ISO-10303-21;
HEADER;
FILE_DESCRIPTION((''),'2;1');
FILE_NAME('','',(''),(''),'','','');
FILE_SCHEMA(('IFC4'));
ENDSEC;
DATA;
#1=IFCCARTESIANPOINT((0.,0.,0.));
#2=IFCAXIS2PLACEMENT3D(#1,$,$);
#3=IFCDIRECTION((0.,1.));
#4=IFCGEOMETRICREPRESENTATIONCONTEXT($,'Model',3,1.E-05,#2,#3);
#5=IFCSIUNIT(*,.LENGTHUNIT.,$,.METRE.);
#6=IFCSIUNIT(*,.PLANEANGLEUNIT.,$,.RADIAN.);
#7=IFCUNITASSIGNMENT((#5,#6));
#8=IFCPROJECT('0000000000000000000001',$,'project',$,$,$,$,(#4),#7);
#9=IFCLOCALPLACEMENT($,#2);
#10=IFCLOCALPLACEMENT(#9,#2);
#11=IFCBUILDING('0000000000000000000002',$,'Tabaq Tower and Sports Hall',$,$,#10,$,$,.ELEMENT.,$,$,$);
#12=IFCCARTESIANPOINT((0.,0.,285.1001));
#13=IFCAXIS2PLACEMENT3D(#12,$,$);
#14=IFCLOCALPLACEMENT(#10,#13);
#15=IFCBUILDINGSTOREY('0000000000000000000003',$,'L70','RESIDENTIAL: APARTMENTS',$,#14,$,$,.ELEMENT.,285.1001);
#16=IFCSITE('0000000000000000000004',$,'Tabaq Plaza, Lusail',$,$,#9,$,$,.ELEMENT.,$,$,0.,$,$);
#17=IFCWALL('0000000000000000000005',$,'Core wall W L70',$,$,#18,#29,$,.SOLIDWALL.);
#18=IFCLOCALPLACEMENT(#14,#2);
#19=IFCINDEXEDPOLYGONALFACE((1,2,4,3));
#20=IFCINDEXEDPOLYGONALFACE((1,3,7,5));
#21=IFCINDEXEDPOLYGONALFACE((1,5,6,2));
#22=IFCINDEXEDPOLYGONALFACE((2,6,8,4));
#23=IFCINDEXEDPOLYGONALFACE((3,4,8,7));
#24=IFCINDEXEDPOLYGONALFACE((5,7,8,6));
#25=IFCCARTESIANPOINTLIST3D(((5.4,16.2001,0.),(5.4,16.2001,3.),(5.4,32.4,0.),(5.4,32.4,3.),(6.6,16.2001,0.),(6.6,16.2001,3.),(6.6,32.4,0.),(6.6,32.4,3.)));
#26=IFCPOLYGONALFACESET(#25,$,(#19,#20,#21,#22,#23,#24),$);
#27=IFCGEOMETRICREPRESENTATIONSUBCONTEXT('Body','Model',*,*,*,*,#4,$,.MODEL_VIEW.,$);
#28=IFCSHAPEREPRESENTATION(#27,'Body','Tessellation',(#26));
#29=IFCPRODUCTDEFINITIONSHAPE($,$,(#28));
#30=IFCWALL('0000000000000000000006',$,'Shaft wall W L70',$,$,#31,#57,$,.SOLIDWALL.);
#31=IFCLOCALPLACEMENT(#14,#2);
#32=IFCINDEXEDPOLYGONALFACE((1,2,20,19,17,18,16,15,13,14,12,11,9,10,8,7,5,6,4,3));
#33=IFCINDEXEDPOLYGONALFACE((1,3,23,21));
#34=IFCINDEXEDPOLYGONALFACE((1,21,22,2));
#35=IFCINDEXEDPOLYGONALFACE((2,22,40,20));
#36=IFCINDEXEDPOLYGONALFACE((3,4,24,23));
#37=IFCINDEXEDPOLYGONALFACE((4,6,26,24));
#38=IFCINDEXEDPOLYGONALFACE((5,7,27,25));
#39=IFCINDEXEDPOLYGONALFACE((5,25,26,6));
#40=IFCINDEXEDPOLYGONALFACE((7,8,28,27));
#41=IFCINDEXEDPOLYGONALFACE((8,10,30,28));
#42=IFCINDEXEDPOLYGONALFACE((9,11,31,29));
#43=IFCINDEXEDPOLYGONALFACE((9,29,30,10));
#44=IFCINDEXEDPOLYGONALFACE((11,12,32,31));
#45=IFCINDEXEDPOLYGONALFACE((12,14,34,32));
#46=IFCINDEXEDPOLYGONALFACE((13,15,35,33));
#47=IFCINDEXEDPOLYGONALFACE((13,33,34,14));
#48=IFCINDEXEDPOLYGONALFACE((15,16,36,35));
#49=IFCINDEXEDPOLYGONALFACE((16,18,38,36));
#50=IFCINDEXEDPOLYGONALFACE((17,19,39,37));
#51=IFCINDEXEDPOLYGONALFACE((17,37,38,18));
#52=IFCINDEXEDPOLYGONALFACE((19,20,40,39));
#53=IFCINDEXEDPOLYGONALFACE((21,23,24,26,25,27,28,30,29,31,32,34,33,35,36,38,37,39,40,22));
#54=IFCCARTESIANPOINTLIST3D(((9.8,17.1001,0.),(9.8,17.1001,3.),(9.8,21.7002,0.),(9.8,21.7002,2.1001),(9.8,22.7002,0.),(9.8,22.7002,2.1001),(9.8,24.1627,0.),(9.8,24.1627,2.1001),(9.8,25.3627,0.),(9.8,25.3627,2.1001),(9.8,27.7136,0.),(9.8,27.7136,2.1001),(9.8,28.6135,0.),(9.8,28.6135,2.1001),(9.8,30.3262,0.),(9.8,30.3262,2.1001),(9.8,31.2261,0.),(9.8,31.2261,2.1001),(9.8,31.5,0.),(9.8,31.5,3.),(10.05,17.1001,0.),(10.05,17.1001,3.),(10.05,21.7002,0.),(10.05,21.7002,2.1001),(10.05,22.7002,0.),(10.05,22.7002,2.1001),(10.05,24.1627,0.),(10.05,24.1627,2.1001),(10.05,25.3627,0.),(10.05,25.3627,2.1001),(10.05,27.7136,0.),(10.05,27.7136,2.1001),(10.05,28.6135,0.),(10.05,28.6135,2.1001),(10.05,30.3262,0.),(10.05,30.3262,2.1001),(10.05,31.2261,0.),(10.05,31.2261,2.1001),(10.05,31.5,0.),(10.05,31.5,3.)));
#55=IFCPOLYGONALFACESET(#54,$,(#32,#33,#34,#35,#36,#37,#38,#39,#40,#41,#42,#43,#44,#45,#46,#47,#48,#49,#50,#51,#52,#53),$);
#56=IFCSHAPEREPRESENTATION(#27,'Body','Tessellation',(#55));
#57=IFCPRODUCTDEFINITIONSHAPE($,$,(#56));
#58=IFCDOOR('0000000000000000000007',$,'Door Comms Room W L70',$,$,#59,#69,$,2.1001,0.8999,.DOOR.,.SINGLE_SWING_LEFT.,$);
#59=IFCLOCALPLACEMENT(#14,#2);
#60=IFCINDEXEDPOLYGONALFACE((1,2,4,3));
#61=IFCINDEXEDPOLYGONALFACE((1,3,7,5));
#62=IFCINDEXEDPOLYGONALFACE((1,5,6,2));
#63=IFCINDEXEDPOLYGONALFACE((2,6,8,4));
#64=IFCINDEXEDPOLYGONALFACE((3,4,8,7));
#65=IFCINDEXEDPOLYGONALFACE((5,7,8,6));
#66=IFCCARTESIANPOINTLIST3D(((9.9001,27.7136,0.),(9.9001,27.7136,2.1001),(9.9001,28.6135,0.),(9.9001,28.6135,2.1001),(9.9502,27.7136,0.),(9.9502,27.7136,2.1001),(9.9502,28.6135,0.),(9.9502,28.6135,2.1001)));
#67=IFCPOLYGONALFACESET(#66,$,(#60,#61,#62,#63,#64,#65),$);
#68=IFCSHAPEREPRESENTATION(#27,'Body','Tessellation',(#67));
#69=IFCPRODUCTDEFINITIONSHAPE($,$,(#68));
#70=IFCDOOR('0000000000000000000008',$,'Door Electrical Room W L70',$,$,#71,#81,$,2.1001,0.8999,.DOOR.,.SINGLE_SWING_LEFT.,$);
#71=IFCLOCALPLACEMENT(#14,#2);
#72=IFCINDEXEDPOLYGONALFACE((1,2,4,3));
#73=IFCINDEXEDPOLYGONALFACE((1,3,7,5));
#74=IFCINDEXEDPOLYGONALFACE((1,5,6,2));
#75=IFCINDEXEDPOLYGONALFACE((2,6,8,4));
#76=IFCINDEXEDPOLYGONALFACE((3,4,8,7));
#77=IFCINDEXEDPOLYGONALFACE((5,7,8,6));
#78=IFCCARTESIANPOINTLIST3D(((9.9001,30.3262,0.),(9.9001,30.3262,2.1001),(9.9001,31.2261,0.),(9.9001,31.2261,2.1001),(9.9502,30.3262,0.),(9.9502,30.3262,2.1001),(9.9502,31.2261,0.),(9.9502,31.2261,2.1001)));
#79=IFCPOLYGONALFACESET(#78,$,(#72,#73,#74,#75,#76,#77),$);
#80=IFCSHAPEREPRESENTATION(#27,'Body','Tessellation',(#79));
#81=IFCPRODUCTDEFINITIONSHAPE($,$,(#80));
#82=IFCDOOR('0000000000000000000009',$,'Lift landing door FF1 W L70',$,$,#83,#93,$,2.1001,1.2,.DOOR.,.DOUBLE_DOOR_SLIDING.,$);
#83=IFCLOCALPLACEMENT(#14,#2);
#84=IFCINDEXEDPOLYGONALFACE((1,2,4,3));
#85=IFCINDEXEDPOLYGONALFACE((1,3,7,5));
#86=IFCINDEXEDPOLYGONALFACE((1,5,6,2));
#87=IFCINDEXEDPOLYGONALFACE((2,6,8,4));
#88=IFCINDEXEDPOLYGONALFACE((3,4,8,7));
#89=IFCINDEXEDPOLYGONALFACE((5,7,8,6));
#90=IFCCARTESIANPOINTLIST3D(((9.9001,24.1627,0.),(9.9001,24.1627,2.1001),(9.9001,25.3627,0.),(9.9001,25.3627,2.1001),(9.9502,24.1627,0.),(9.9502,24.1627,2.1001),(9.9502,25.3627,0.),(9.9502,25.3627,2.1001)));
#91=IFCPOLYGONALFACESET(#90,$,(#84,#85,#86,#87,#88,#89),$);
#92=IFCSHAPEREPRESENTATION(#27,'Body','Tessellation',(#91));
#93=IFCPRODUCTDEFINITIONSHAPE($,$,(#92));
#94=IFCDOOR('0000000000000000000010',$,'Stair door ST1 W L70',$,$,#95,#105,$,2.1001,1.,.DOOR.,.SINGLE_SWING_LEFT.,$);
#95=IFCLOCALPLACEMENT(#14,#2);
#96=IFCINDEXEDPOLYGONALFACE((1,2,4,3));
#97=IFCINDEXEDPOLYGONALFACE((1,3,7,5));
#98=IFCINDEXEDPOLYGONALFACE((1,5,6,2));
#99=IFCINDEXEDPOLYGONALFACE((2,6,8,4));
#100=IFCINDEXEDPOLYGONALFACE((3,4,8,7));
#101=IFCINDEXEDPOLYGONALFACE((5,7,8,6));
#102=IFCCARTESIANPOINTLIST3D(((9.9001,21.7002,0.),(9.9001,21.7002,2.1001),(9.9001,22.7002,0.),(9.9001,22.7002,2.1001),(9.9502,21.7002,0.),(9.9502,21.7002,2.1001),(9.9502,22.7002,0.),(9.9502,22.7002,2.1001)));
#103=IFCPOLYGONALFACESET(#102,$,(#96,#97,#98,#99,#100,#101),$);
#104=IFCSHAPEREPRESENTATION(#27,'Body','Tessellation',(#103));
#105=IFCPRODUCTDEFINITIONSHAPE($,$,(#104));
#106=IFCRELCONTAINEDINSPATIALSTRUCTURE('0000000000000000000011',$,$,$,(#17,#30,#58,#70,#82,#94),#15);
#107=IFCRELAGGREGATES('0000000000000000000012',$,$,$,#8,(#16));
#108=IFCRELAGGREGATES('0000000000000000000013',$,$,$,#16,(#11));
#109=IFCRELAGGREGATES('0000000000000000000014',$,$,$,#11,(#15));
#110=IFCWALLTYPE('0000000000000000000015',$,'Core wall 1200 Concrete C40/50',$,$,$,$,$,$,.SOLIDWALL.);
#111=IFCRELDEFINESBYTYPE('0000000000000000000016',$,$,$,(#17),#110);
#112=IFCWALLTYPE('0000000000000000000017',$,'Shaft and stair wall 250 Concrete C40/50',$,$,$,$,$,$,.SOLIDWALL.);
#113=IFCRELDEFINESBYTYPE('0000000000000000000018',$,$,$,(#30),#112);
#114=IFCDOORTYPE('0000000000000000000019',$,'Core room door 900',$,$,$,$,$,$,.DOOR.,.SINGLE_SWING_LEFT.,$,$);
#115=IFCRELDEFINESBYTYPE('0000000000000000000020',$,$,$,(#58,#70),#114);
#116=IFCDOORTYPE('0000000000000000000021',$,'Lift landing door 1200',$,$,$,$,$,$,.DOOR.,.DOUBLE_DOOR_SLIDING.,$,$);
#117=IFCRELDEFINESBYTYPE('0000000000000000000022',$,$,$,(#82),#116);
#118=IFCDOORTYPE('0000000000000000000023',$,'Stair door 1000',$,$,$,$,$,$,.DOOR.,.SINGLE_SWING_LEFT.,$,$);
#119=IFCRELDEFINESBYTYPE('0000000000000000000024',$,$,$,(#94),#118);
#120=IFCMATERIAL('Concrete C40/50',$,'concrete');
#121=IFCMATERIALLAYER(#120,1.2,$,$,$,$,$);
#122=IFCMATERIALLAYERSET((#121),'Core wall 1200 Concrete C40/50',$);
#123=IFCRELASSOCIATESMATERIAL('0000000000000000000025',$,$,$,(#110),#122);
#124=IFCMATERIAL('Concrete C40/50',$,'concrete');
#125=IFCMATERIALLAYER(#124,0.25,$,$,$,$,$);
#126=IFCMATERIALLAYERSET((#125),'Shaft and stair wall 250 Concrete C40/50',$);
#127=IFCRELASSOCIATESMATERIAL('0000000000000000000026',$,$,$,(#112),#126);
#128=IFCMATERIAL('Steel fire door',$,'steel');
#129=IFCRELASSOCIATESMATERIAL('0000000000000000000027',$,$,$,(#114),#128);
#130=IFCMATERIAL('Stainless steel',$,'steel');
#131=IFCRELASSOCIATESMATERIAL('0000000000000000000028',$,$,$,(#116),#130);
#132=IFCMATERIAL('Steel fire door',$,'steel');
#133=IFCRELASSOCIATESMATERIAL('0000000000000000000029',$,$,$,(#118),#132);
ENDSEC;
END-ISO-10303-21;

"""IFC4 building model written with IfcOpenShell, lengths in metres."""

from ifc_helpers import new_model, si_unit, direction, frame, frame_2d, origin, place, context, subcontext, project, spatial, rectangle, extrude, material, layer, layer_set, type_object, element, fill, save


model = new_model("IFC4")

# Units and contexts
model_context = context("Model", 3, precision=1e-05, world=origin(), true_north=direction((0.0, 1.0)))
body_context = subcontext(model_context, "Body", "Model", "MODEL_VIEW")
ifc_project = project(units=[si_unit("LENGTHUNIT", "METRE"), si_unit("PLANEANGLEUNIT", "RADIAN")], contexts=[model_context])

# Site, building, storey
site_placement = place(None, origin())
site = spatial("IfcSite", under=ifc_project, at=site_placement, Name="Tabaq Plaza, Lusail", CompositionType="ELEMENT", RefElevation=0.0)
building_placement = place(site_placement, origin())
building = spatial("IfcBuilding", under=site, at=building_placement, Name="Tabaq Tower and Sports Hall", CompositionType="ELEMENT")
storey_placement = place(building_placement, frame((0.0, 0.0, 285.1001)))
storey = spatial("IfcBuildingStorey", under=building, at=storey_placement, Name="L70", Description="RESIDENTIAL: APARTMENTS", CompositionType="ELEMENT", Elevation=285.1001)

# Wall
ifc_material_1 = material(Name="Concrete C40/50", Category="concrete")
ifc_layer_1 = layer(ifc_material_1, 1.2)
ifc_layer_set_1 = layer_set([ifc_layer_1], Name="Core wall 1200 Concrete C40/50")
wall_type_1 = type_object("IfcWallType", Name="Core wall 1200 Concrete C40/50", PredefinedType="SOLIDWALL", material=ifc_layer_set_1)
wall_1_placement = place(storey_placement, frame((6.0, 16.2, 0.0), z_axis=(0.0, 0.0, 1.0), x_axis=(0.0, 1.0, 0.0)))
element("IfcWall", 1, at=wall_1_placement, inside=storey, type_object=wall_type_1, Name="Core wall W L70", PredefinedType="SOLIDWALL", context=body_context, shape_type="SweptSolid", body=[
    extrude(rectangle(XDim=16.2, YDim=1.2, at=frame_2d((8.1001, 0.0))), origin(), (0.0, 0.0, 1.0), 3.0),
])

# Wall, openings, doors
ifc_material_2 = material(Name="Concrete C40/50", Category="concrete")
ifc_layer_2 = layer(ifc_material_2, 0.25)
ifc_layer_set_2 = layer_set([ifc_layer_2], Name="Shaft and stair wall 250 Concrete C40/50")
wall_type_2 = type_object("IfcWallType", Name="Shaft and stair wall 250 Concrete C40/50", PredefinedType="SOLIDWALL", material=ifc_layer_set_2)
wall_2_placement = place(storey_placement, frame((9.925, 17.1001, 0.0), z_axis=(0.0, 0.0, 1.0), x_axis=(0.0, 1.0, 0.0)))
wall_2 = element("IfcWall", 2, at=wall_2_placement, inside=storey, type_object=wall_type_2, Name="Shaft wall W L70", PredefinedType="SOLIDWALL", context=body_context, shape_type="SweptSolid", body=[
    extrude(rectangle(XDim=14.3999, YDim=0.25, at=frame_2d((7.2, 0.0))), origin(), (0.0, 0.0, 1.0), 3.0),
])
opening_1_placement = place(wall_2_placement, frame((4.6001, 0.0, 0.0)))
opening_1 = element("IfcOpeningElement", 3, at=opening_1_placement, cuts=wall_2, PredefinedType="OPENING", context=body_context, shape_type="SweptSolid", body=[
    extrude(rectangle(XDim=1.0, YDim=2.1001, at=frame_2d((0.5, 1.05))), frame((0.0, 0.125, 0.0), z_axis=(0.0, -1.0, 0.0), x_axis=(1.0, 0.0, 0.0)), (0.0, 0.0, 1.0), 0.25),
])
opening_2_placement = place(wall_2_placement, frame((7.0625, 0.0, 0.0)))
opening_2 = element("IfcOpeningElement", 4, at=opening_2_placement, cuts=wall_2, PredefinedType="OPENING", context=body_context, shape_type="SweptSolid", body=[
    extrude(rectangle(XDim=1.2, YDim=2.1001, at=frame_2d((0.6001, 1.05))), frame((0.0, 0.125, 0.0), z_axis=(0.0, -1.0, 0.0), x_axis=(1.0, 0.0, 0.0)), (0.0, 0.0, 1.0), 0.25),
])
opening_3_placement = place(wall_2_placement, frame((10.6135, 0.0, 0.0)))
opening_3 = element("IfcOpeningElement", 5, at=opening_3_placement, cuts=wall_2, PredefinedType="OPENING", context=body_context, shape_type="SweptSolid", body=[
    extrude(rectangle(XDim=0.8999, YDim=2.1001, at=frame_2d((0.45, 1.05))), frame((0.0, 0.125, 0.0), z_axis=(0.0, -1.0, 0.0), x_axis=(1.0, 0.0, 0.0)), (0.0, 0.0, 1.0), 0.25),
])
opening_4_placement = place(wall_2_placement, frame((13.2261, 0.0, 0.0)))
opening_4 = element("IfcOpeningElement", 6, at=opening_4_placement, cuts=wall_2, PredefinedType="OPENING", context=body_context, shape_type="SweptSolid", body=[
    extrude(rectangle(XDim=0.8999, YDim=2.1001, at=frame_2d((0.45, 1.05))), frame((0.0, 0.125, 0.0), z_axis=(0.0, -1.0, 0.0), x_axis=(1.0, 0.0, 0.0)), (0.0, 0.0, 1.0), 0.25),
])
ifc_material_3 = material(Name="Steel fire door", Category="steel")
door_type_1 = type_object("IfcDoorType", Name="Core room door 900", OperationType="SINGLE_SWING_LEFT", PredefinedType="DOOR", material=ifc_material_3)
door_1_placement = place(opening_3_placement, origin())
door_1 = element("IfcDoor", 7, at=door_1_placement, inside=storey, type_object=door_type_1, Name="Door Comms Room W L70", OperationType="SINGLE_SWING_LEFT", OverallHeight=2.1001, OverallWidth=0.8999, PredefinedType="DOOR", context=body_context, shape_type="SweptSolid", body=[
    extrude(rectangle(XDim=0.8999, YDim=2.1001, at=frame_2d((0.45, 1.05))), frame((0.0, 0.0249, 0.0), z_axis=(0.0, -1.0, 0.0), x_axis=(1.0, 0.0, 0.0)), (0.0, 0.0, 1.0), 0.05),
])
fill(opening_3, door_1)
door_2_placement = place(opening_4_placement, origin())
door_2 = element("IfcDoor", 8, at=door_2_placement, inside=storey, type_object=door_type_1, Name="Door Electrical Room W L70", OperationType="SINGLE_SWING_LEFT", OverallHeight=2.1001, OverallWidth=0.8999, PredefinedType="DOOR", context=body_context, shape_type="SweptSolid", body=[
    extrude(rectangle(XDim=0.8999, YDim=2.1001, at=frame_2d((0.45, 1.05))), frame((0.0, 0.0249, 0.0), z_axis=(0.0, -1.0, 0.0), x_axis=(1.0, 0.0, 0.0)), (0.0, 0.0, 1.0), 0.05),
])
fill(opening_4, door_2)
ifc_material_4 = material(Name="Stainless steel", Category="steel")
door_type_2 = type_object("IfcDoorType", Name="Lift landing door 1200", OperationType="DOUBLE_DOOR_SLIDING", PredefinedType="DOOR", material=ifc_material_4)
door_3_placement = place(opening_2_placement, origin())
door_3 = element("IfcDoor", 9, at=door_3_placement, inside=storey, type_object=door_type_2, Name="Lift landing door FF1 W L70", OperationType="DOUBLE_DOOR_SLIDING", OverallHeight=2.1001, OverallWidth=1.2, PredefinedType="DOOR", context=body_context, shape_type="SweptSolid", body=[
    extrude(rectangle(XDim=1.2, YDim=2.1001, at=frame_2d((0.6001, 1.05))), frame((0.0, 0.0249, 0.0), z_axis=(0.0, -1.0, 0.0), x_axis=(1.0, 0.0, 0.0)), (0.0, 0.0, 1.0), 0.05),
])
fill(opening_2, door_3)
ifc_material_5 = material(Name="Steel fire door", Category="steel")
door_type_3 = type_object("IfcDoorType", Name="Stair door 1000", OperationType="SINGLE_SWING_LEFT", PredefinedType="DOOR", material=ifc_material_5)
door_4_placement = place(opening_1_placement, origin())
door_4 = element("IfcDoor", 10, at=door_4_placement, inside=storey, type_object=door_type_3, Name="Stair door ST1 W L70", OperationType="SINGLE_SWING_LEFT", OverallHeight=2.1001, OverallWidth=1.0, PredefinedType="DOOR", context=body_context, shape_type="SweptSolid", body=[
    extrude(rectangle(XDim=1.0, YDim=2.1001, at=frame_2d((0.5, 1.05))), frame((0.0, 0.0249, 0.0), z_axis=(0.0, -1.0, 0.0), x_axis=(1.0, 0.0, 0.0)), (0.0, 0.0, 1.0), 0.05),
])
fill(opening_1, door_4)

save(model, "model.ifc")
